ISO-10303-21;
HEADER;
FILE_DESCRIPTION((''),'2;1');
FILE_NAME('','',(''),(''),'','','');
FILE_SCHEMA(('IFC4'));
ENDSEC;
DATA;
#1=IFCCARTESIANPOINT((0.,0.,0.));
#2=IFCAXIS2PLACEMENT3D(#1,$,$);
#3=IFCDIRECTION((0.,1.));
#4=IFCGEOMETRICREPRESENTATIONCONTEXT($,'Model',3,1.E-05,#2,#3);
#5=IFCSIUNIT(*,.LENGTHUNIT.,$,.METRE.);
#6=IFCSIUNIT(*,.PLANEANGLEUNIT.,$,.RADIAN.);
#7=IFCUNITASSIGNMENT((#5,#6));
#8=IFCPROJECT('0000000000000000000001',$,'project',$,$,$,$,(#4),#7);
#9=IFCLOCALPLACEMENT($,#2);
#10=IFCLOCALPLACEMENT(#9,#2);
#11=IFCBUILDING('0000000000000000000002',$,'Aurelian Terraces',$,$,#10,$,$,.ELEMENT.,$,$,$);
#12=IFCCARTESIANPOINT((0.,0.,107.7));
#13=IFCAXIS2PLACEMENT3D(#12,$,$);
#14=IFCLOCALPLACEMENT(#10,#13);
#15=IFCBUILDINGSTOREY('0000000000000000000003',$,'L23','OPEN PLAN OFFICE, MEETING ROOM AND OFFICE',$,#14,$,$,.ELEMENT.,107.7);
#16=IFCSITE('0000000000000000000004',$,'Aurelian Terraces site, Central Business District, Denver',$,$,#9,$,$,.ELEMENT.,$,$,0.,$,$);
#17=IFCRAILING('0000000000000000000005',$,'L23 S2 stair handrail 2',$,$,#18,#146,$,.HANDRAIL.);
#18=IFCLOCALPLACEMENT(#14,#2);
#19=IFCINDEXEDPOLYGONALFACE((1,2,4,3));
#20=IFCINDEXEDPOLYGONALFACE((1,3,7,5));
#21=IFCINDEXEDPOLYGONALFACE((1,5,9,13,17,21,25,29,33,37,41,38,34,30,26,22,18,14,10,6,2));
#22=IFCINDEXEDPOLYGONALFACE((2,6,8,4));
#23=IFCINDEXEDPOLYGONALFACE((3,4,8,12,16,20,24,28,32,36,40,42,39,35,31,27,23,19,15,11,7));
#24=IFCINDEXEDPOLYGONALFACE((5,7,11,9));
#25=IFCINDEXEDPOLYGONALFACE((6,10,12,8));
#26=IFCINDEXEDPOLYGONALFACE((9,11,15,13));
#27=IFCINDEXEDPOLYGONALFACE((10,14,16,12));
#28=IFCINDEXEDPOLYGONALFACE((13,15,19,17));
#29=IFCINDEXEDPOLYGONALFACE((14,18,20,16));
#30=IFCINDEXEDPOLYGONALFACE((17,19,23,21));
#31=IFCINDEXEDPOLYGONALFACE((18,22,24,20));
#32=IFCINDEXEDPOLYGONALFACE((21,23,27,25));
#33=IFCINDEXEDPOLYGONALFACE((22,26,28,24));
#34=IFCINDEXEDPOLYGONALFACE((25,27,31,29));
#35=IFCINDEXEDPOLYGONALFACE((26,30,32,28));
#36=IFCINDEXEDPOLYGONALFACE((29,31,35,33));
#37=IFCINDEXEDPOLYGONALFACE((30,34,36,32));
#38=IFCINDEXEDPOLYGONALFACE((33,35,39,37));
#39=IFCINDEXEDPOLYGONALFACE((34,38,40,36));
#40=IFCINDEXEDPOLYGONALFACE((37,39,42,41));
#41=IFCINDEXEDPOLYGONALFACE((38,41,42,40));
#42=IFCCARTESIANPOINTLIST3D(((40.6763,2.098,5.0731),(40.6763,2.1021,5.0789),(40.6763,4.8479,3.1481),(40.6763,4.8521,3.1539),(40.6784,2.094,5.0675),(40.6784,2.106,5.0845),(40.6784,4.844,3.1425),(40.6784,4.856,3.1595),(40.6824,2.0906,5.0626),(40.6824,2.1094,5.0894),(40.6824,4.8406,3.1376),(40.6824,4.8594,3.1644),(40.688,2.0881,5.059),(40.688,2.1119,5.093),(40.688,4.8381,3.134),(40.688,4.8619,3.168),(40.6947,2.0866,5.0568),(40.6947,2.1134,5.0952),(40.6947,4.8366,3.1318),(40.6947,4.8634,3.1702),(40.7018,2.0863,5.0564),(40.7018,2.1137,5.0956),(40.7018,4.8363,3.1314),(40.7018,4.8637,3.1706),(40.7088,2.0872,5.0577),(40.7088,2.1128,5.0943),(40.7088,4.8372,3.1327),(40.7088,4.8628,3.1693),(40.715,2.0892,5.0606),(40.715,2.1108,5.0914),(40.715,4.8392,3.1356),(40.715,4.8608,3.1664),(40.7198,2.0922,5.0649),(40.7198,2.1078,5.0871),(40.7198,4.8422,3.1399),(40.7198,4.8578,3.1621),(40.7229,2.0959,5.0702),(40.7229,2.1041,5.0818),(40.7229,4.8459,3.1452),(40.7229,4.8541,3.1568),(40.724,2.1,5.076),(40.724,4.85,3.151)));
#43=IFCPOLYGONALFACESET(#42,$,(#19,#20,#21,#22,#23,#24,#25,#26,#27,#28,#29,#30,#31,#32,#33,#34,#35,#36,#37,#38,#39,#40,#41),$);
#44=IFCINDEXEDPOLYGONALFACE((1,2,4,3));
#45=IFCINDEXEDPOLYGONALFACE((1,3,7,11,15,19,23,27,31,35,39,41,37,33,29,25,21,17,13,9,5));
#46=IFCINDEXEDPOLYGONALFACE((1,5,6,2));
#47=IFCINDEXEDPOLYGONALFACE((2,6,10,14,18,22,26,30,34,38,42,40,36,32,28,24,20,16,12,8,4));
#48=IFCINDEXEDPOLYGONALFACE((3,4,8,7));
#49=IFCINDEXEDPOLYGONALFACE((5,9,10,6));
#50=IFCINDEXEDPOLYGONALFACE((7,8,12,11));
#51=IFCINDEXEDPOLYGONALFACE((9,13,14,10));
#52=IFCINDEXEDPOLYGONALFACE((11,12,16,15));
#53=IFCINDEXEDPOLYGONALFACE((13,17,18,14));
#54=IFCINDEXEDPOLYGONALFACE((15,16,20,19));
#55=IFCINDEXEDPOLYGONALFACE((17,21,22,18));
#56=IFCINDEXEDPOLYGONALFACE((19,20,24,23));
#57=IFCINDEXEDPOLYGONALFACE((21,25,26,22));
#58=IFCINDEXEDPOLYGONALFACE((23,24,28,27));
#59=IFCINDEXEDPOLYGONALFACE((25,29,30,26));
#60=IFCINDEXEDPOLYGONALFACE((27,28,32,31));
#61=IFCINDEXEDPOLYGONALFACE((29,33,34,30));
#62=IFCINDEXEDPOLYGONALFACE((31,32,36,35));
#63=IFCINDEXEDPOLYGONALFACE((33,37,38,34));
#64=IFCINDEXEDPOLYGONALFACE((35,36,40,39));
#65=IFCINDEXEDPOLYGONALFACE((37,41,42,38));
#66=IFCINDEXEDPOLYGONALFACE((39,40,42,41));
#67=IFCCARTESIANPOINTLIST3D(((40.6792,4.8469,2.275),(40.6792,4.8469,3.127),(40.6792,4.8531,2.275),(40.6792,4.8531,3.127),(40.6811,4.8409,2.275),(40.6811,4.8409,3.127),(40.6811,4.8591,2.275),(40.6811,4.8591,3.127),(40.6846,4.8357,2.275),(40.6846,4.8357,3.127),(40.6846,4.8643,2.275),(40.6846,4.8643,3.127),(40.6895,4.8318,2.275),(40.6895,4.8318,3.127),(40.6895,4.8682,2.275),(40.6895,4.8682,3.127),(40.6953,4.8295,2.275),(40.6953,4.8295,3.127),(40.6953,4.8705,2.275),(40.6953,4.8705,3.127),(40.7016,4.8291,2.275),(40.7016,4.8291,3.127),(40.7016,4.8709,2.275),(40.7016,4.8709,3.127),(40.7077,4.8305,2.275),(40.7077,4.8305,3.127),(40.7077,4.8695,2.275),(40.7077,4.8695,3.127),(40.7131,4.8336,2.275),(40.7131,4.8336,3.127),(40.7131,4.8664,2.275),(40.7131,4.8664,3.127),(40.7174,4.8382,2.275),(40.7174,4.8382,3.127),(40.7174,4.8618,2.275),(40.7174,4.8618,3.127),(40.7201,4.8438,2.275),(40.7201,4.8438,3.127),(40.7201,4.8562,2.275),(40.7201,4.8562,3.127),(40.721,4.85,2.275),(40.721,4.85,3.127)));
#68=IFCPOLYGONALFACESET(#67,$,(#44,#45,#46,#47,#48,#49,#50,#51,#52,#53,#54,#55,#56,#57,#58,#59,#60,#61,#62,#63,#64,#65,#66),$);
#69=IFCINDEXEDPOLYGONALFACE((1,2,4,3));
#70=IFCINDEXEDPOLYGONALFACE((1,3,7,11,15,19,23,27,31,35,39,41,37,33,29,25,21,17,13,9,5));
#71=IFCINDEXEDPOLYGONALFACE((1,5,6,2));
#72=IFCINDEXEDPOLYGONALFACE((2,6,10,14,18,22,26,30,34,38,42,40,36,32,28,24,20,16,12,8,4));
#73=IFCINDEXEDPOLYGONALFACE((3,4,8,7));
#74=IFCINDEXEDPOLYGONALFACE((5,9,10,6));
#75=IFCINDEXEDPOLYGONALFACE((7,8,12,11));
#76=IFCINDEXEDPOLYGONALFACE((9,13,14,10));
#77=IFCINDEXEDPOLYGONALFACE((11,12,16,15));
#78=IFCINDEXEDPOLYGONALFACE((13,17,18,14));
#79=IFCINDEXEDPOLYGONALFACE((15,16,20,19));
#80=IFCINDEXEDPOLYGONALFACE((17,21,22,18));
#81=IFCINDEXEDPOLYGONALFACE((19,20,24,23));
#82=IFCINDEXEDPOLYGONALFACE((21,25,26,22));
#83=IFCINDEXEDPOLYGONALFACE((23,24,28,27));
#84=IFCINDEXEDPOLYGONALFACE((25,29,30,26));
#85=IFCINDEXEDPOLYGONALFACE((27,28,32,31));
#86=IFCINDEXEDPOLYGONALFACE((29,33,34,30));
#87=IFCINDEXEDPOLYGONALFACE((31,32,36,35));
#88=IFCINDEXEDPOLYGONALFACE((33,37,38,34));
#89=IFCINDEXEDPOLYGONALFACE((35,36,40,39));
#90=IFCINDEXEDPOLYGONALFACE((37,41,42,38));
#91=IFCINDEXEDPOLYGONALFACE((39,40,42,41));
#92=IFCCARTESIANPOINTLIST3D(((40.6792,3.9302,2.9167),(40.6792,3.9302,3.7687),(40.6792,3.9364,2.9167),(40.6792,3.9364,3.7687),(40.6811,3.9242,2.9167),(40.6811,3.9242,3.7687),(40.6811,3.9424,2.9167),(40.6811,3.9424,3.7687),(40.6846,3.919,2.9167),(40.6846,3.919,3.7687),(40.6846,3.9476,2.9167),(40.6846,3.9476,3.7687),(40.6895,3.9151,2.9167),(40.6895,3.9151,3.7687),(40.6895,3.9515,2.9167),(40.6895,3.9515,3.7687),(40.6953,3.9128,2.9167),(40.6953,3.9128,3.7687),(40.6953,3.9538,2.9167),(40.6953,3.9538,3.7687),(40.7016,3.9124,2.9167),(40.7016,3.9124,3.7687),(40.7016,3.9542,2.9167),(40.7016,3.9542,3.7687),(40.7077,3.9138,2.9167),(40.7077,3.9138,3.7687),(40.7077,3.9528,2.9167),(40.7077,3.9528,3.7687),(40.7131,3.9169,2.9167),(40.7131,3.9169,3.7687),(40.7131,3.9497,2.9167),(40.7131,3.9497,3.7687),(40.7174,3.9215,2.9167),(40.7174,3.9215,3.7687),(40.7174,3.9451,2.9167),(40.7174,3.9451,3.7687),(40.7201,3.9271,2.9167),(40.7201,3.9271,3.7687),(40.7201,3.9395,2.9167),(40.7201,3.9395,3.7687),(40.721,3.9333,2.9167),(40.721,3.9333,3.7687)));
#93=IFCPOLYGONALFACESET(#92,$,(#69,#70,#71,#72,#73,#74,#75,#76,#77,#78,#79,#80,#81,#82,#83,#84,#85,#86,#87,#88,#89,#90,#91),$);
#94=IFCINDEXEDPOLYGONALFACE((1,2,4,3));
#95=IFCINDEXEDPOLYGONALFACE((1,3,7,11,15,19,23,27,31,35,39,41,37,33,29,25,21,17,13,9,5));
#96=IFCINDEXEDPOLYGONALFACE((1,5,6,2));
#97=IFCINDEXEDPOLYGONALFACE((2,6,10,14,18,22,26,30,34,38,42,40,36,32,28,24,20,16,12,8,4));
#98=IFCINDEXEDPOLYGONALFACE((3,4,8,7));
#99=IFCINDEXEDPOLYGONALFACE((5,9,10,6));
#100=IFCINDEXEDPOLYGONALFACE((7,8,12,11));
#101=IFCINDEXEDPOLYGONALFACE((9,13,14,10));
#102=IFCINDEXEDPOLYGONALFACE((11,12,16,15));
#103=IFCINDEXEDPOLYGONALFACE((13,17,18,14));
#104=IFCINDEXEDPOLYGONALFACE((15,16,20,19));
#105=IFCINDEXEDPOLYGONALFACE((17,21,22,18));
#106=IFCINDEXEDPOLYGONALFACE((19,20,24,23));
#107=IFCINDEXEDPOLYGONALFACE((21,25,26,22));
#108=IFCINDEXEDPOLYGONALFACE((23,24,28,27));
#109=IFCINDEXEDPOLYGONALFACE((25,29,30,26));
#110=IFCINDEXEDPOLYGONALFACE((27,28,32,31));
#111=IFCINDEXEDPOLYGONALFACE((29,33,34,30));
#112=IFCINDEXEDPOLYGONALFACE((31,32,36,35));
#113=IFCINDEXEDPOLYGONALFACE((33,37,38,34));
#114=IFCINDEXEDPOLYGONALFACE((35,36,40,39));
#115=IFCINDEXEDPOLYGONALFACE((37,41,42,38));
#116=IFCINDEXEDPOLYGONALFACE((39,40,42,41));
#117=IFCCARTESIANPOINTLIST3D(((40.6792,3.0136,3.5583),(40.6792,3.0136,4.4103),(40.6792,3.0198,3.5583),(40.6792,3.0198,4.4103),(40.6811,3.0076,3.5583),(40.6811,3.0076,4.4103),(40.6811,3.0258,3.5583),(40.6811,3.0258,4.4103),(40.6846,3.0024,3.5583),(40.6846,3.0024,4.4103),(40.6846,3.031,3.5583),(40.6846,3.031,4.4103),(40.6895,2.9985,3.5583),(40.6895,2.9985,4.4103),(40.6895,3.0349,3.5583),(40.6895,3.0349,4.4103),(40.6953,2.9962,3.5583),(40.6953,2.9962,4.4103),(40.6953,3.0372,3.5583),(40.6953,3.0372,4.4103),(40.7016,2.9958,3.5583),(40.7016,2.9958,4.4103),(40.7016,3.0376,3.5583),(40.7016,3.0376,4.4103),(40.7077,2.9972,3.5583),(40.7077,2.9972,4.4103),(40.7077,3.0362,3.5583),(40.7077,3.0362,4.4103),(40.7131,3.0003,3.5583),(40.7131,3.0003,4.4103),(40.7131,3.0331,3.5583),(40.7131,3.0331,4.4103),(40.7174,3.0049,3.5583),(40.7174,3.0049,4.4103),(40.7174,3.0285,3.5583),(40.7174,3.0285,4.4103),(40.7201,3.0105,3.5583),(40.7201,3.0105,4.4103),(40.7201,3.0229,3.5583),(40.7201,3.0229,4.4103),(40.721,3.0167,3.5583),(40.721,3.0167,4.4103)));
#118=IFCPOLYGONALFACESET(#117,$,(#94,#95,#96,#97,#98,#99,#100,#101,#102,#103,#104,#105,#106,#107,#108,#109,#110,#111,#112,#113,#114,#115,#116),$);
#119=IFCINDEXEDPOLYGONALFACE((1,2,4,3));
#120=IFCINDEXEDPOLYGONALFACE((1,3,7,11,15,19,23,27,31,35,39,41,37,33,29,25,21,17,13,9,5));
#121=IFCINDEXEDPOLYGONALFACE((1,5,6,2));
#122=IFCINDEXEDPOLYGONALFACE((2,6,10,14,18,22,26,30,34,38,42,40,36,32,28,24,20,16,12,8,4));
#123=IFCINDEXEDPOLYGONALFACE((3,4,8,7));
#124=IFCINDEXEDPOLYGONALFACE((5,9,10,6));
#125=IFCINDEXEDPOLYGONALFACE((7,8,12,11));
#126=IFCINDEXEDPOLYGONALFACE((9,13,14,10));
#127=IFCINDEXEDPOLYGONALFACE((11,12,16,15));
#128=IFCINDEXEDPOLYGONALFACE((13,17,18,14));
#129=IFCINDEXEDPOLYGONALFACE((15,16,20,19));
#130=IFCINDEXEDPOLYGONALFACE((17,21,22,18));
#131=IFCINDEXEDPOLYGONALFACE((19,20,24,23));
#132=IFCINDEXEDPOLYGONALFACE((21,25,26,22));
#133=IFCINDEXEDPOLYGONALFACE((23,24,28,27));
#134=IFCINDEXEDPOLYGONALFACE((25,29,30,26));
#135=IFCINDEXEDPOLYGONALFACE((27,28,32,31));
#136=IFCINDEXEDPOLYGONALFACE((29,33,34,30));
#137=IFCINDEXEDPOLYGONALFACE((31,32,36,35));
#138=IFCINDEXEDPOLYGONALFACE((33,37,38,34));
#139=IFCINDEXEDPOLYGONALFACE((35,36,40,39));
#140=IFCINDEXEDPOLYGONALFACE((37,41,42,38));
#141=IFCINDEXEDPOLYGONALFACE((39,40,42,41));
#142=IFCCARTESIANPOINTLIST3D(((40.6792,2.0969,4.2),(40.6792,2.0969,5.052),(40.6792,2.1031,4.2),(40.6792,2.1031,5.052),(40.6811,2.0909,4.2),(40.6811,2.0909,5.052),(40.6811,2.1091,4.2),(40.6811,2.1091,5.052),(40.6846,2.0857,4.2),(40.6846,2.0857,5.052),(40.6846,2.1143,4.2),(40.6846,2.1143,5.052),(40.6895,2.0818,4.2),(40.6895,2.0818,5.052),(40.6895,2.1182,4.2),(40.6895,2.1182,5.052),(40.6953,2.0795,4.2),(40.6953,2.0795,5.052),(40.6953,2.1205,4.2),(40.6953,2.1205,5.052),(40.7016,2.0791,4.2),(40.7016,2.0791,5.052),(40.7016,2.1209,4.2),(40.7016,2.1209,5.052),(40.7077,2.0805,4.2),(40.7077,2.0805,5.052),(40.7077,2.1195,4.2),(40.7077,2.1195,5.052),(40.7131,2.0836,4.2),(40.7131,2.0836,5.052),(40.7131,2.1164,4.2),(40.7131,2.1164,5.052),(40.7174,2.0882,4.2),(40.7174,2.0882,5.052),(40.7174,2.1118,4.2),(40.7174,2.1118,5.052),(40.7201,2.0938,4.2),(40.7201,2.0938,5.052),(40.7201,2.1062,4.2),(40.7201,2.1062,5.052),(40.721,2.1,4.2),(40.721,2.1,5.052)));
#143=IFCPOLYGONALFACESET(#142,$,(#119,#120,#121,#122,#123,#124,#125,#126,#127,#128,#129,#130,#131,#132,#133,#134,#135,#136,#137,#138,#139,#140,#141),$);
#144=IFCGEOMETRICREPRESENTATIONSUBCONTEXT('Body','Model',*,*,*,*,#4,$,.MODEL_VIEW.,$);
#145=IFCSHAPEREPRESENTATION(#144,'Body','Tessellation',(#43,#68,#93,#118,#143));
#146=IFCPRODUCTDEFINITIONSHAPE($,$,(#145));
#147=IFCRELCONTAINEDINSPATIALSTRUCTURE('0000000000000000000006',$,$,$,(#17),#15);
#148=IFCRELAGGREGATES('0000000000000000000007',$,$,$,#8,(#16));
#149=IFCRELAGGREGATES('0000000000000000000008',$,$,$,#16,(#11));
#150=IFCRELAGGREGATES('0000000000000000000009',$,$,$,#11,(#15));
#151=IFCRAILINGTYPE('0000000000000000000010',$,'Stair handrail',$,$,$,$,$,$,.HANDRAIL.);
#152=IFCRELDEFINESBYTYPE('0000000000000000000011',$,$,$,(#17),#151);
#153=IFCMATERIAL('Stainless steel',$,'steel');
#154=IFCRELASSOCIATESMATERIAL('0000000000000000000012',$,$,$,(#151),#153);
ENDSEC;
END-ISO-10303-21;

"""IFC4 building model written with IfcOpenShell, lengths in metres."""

from ifc_helpers import new_model, si_unit, direction, frame, origin, origin_2d, place, context, subcontext, project, spatial, circle, extrude, source, transform, mapped, material, type_object, element, save


model = new_model("IFC4")

# Units and contexts
model_context = context("Model", 3, precision=1e-05, world=origin(), true_north=direction((0.0, 1.0)))
body_context = subcontext(model_context, "Body", "Model", "MODEL_VIEW")
ifc_project = project(units=[si_unit("LENGTHUNIT", "METRE"), si_unit("PLANEANGLEUNIT", "RADIAN")], contexts=[model_context])

# Site, building, storey
site_placement = place(None, origin())
site = spatial("IfcSite", under=ifc_project, at=site_placement, Name="Aurelian Terraces site, Central Business District, Denver", CompositionType="ELEMENT", RefElevation=0.0)
building_placement = place(site_placement, origin())
building = spatial("IfcBuilding", under=site, at=building_placement, Name="Aurelian Terraces", CompositionType="ELEMENT")
storey_placement = place(building_placement, frame((0.0, 0.0, 107.7)))
storey = spatial("IfcBuildingStorey", under=building, at=storey_placement, Name="L23", Description="OPEN PLAN OFFICE, MEETING ROOM AND OFFICE", CompositionType="ELEMENT", Elevation=107.7)

# Railing
ifc_material_1 = material(Name="Stainless steel", Category="steel")
railing_type_1 = type_object("IfcRailingType", Name="Stair handrail", PredefinedType="HANDRAIL", material=ifc_material_1)
shared_shape_1 = source(origin(), body_context, "Body", "SweptSolid", [
    extrude(circle(Radius=0.024, at=origin_2d()), frame((0.0, 0.0, 0.876), z_axis=(0.0, -0.819232, 0.573462), x_axis=(1.0, 0.0, 0.0)), (0.0, 0.0, 1.0), 3.3568),
    extrude(circle(Radius=0.021, at=origin_2d()), origin(), (0.0, 0.0, 1.0), 0.852),
    extrude(circle(Radius=0.021, at=origin_2d()), frame((0.0, -0.9167, 0.6417)), (0.0, 0.0, 1.0), 0.852),
    extrude(circle(Radius=0.021, at=origin_2d()), frame((0.0, -1.8333, 1.2833)), (0.0, 0.0, 1.0), 0.852),
    extrude(circle(Radius=0.021, at=origin_2d()), frame((0.0, -2.75, 1.925)), (0.0, 0.0, 1.0), 0.852),
])
railing_1_placement = place(storey_placement, frame((40.7, 4.85, 2.275)))
element("IfcRailing", 1, at=railing_1_placement, inside=storey, type_object=railing_type_1, Name="L23 S2 stair handrail 2", PredefinedType="HANDRAIL", context=body_context, shape_type="MappedRepresentation", body=[
    mapped(shared_shape_1, transform((0.0, 0.0, 0.0), scale=1.0)),
])

save(model, "model.ifc")
